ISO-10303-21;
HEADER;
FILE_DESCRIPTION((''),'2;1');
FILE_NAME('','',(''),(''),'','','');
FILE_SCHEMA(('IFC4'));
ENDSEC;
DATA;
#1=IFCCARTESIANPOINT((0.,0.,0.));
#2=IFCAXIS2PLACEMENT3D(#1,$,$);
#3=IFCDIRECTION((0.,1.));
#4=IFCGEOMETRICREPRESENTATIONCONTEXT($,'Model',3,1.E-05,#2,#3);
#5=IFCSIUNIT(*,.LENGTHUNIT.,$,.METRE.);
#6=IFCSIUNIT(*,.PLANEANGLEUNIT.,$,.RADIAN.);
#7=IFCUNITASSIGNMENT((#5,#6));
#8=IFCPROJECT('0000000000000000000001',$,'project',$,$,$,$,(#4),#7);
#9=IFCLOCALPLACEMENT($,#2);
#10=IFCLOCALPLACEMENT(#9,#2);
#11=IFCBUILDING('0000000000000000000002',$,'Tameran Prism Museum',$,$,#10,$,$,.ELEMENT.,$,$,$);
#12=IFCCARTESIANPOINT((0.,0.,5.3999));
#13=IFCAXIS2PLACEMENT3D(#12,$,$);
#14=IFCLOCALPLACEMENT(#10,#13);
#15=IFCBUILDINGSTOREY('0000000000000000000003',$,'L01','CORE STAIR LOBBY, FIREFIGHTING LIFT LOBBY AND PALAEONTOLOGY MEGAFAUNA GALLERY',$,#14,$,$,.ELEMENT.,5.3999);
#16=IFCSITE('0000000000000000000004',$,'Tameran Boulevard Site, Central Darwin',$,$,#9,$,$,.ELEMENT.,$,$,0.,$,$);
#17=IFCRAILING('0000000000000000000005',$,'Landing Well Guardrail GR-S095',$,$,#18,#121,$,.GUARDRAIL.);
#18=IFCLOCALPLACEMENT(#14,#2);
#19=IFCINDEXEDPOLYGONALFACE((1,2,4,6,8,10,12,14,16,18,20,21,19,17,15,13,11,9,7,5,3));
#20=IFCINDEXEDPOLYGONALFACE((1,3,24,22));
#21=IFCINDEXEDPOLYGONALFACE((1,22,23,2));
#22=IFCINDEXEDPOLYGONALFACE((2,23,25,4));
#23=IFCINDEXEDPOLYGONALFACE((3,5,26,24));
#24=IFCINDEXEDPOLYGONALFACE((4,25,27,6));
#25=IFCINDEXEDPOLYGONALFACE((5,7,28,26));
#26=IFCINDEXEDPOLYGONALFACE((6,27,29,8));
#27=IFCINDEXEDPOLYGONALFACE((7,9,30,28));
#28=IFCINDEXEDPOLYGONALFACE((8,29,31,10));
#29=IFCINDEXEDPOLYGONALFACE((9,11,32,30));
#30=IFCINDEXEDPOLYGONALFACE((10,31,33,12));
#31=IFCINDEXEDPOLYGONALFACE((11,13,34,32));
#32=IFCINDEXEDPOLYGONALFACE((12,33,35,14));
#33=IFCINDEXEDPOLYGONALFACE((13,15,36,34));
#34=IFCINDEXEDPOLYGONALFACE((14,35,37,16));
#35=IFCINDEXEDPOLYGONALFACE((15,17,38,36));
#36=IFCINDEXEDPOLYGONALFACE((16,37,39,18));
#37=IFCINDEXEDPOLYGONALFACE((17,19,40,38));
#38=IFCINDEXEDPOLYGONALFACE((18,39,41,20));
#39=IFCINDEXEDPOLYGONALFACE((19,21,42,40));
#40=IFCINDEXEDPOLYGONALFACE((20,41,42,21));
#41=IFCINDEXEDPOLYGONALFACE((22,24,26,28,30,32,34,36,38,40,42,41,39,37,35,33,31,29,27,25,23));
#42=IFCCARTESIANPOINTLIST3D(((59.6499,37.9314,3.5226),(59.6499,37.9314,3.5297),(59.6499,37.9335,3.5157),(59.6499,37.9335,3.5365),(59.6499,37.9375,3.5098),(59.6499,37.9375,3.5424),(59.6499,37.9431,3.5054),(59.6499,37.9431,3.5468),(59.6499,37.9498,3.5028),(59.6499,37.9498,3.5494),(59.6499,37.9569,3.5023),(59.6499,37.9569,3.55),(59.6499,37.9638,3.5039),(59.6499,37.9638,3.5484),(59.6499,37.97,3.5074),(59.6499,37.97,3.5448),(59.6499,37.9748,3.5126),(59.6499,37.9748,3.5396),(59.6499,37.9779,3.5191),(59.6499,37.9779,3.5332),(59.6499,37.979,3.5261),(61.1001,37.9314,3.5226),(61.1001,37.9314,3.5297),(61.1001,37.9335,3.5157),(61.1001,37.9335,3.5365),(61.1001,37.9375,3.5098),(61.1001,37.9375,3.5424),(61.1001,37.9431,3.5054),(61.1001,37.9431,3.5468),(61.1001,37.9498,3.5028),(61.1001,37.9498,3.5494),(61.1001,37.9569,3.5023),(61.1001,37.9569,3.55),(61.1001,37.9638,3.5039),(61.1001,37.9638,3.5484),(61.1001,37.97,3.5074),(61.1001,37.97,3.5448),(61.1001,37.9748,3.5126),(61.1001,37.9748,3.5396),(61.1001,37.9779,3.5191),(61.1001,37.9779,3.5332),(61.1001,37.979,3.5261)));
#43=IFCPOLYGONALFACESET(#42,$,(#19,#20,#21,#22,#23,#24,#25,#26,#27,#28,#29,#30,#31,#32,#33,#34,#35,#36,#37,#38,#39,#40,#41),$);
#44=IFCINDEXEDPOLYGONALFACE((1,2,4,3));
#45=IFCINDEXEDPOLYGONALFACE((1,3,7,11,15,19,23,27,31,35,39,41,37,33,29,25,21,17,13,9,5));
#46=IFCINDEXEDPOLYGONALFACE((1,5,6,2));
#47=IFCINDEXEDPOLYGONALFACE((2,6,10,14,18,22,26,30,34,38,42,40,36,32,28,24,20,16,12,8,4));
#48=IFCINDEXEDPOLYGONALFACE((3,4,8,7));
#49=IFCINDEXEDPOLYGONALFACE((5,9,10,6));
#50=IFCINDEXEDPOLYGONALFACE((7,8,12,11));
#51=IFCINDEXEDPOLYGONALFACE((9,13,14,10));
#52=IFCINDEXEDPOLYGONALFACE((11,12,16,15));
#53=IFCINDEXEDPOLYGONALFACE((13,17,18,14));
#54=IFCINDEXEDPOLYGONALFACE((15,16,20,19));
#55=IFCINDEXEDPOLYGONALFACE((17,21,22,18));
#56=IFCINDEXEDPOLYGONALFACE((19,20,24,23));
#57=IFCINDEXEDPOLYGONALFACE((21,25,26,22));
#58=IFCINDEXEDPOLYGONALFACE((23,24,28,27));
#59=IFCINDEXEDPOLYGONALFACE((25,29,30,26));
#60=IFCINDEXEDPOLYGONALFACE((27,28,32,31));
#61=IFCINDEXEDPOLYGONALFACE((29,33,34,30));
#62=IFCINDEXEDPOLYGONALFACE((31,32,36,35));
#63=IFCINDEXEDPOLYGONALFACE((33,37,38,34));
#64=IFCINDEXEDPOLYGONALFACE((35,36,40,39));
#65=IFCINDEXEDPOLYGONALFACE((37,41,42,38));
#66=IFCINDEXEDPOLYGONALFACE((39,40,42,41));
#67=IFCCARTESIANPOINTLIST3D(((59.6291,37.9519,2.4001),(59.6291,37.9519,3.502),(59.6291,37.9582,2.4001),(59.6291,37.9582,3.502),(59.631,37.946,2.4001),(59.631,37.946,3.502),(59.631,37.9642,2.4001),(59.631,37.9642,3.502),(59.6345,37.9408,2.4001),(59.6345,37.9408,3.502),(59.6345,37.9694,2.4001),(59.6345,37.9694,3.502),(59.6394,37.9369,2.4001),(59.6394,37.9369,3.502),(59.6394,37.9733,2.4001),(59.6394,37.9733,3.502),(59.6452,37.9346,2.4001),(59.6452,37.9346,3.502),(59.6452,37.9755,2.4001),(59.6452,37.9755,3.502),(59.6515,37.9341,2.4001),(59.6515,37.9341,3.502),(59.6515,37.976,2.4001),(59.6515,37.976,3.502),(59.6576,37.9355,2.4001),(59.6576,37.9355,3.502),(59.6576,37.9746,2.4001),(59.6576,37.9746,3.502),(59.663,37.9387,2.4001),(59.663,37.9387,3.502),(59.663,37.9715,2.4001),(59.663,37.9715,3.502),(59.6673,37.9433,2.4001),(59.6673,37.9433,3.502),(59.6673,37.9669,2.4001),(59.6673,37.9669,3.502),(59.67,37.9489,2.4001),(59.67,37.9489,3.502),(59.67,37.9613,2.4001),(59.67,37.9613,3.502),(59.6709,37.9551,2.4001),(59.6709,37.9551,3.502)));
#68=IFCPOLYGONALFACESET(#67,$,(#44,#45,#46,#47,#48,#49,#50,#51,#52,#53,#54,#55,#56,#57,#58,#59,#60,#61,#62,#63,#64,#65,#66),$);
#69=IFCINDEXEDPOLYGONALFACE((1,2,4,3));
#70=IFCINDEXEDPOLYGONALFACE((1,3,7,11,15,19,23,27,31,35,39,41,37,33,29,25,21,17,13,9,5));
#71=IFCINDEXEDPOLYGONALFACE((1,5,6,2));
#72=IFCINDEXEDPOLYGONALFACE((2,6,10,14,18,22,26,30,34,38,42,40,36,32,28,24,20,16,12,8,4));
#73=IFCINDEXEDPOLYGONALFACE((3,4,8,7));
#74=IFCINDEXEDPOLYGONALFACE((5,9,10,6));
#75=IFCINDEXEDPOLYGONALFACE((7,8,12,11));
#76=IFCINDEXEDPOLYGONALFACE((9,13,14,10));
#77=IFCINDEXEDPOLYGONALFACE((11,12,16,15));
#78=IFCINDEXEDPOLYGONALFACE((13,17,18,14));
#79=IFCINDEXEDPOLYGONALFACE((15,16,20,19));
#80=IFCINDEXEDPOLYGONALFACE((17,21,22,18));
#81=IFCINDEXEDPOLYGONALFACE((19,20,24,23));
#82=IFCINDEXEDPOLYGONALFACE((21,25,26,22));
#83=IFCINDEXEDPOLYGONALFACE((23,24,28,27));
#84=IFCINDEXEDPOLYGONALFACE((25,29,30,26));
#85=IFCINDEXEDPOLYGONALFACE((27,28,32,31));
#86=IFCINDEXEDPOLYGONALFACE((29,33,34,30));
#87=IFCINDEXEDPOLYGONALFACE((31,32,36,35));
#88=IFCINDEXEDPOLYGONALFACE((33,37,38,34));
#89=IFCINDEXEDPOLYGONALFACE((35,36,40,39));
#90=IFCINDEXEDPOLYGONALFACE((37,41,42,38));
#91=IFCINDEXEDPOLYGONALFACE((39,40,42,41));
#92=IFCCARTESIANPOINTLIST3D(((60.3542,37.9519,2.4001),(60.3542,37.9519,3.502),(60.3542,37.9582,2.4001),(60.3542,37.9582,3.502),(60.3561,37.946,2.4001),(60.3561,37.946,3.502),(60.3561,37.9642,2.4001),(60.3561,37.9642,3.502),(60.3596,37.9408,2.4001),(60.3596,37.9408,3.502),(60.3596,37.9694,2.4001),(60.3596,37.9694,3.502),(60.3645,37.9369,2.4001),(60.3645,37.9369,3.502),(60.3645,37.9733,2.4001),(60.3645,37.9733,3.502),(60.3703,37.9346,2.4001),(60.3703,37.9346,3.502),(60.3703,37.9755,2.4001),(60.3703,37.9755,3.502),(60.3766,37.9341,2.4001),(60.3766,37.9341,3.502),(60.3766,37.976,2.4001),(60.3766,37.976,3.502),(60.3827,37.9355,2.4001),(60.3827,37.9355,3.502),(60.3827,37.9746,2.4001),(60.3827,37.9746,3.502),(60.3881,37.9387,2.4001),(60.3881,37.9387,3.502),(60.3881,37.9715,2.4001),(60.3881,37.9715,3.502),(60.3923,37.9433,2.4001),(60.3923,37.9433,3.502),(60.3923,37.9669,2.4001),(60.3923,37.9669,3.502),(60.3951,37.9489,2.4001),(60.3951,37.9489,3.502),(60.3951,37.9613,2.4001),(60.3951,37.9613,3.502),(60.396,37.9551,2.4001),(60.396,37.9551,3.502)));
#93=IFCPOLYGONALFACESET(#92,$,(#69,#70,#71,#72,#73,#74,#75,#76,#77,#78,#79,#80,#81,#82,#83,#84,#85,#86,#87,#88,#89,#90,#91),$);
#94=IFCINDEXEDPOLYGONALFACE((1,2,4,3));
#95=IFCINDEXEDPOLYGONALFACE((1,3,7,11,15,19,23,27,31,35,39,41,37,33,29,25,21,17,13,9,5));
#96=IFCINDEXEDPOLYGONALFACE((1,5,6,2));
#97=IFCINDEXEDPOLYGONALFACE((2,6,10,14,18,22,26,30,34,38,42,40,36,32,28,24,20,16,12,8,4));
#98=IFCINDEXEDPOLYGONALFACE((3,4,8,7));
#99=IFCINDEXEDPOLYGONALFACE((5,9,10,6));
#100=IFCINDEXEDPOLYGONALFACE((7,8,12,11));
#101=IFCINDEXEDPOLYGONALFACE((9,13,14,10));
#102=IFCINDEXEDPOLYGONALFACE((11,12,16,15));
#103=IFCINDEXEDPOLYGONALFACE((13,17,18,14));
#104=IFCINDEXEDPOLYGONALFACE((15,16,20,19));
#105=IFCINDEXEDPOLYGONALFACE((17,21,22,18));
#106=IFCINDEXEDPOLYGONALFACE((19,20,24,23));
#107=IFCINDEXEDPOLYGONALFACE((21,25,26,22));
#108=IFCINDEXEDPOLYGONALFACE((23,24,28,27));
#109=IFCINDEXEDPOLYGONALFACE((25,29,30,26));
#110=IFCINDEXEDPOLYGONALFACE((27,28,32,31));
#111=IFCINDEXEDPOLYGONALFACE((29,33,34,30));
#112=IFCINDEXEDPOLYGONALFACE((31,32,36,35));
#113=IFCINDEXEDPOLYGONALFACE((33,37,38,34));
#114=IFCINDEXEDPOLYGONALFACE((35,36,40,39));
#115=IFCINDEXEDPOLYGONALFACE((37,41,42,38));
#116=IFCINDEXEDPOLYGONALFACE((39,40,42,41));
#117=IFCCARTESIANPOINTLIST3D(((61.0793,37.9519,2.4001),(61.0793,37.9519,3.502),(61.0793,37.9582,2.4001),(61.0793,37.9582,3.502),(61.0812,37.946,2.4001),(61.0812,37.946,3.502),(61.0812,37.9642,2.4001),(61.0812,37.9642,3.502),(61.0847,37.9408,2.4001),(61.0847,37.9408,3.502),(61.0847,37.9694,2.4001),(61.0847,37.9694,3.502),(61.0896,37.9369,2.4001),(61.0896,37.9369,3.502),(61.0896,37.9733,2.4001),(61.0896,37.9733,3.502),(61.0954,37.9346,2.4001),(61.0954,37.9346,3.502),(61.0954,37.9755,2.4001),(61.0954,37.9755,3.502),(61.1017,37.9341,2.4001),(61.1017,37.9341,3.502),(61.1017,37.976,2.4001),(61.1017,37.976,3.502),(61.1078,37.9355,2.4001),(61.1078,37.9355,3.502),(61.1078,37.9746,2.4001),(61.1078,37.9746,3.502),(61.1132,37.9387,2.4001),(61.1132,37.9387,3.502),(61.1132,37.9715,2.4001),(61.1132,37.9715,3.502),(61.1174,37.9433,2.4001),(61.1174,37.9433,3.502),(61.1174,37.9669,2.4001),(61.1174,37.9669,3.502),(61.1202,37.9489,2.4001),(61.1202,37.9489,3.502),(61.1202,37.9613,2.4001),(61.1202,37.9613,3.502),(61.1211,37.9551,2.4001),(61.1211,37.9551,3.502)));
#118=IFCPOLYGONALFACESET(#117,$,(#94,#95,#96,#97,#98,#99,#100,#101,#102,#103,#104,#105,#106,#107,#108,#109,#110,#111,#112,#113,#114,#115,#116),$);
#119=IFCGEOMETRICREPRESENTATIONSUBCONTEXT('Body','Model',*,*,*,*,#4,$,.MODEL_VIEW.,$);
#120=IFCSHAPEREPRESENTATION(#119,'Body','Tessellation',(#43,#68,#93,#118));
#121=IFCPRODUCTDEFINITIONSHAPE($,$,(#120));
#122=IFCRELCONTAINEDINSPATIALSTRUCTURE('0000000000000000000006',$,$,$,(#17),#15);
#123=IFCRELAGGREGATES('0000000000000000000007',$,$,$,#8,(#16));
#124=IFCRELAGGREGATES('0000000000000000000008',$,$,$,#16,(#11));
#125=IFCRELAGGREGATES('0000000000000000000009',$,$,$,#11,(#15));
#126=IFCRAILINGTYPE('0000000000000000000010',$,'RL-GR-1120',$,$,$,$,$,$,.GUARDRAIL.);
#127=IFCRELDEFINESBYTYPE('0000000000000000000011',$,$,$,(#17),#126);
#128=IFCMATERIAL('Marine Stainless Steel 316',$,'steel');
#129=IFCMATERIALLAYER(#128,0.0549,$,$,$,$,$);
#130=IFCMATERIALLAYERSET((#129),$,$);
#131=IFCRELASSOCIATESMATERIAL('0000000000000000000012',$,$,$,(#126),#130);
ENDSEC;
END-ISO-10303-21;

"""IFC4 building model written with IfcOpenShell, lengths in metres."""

from ifc_helpers import new_model, si_unit, direction, frame, origin, origin_2d, place, context, subcontext, project, spatial, circle, extrude, material, layer, layer_set, type_object, element, save


model = new_model("IFC4")

# Units and contexts
model_context = context("Model", 3, precision=1e-05, world=origin(), true_north=direction((0.0, 1.0)))
body_context = subcontext(model_context, "Body", "Model", "MODEL_VIEW")
ifc_project = project(units=[si_unit("LENGTHUNIT", "METRE"), si_unit("PLANEANGLEUNIT", "RADIAN")], contexts=[model_context])

# Site, building, storey
site_placement = place(None, origin())
site = spatial("IfcSite", under=ifc_project, at=site_placement, Name="Tameran Boulevard Site, Central Darwin", CompositionType="ELEMENT", RefElevation=0.0)
building_placement = place(site_placement, origin())
building = spatial("IfcBuilding", under=site, at=building_placement, Name="Tameran Prism Museum", CompositionType="ELEMENT")
storey_placement = place(building_placement, frame((0.0, 0.0, 5.3999)))
storey = spatial("IfcBuildingStorey", under=building, at=storey_placement, Name="L01", Description="CORE STAIR LOBBY, FIREFIGHTING LIFT LOBBY AND PALAEONTOLOGY MEGAFAUNA GALLERY", CompositionType="ELEMENT", Elevation=5.3999)

# Railing
ifc_material_1 = material(Name="Marine Stainless Steel 316", Category="steel")
ifc_layer_1 = layer(ifc_material_1, 0.0549)
ifc_layer_set_1 = layer_set([ifc_layer_1])
railing_type_1 = type_object("IfcRailingType", Name="RL-GR-1120", PredefinedType="GUARDRAIL", material=ifc_layer_set_1)
railing_1_placement = place(storey_placement, frame((59.6499, 37.9551, 2.4001)))
element("IfcRailing", 1, at=railing_1_placement, inside=storey, type_object=railing_type_1, Name="Landing Well Guardrail GR-S095", PredefinedType="GUARDRAIL", context=body_context, shape_type="SweptSolid", body=[
    extrude(circle(Radius=0.0239, at=origin_2d()), frame((0.0, 0.0, 1.126), z_axis=(1.0, 0.0, 0.0), x_axis=(0.0, 1.0, 0.0)), (0.0, 0.0, 1.0), 1.4502),
    extrude(circle(Radius=0.021, at=origin_2d()), origin(), (0.0, 0.0, 1.0), 1.1018),
    extrude(circle(Radius=0.021, at=origin_2d()), frame((0.7251, 0.0, 0.0)), (0.0, 0.0, 1.0), 1.1018),
    extrude(circle(Radius=0.021, at=origin_2d()), frame((1.4502, 0.0, 0.0)), (0.0, 0.0, 1.0), 1.1018),
])

save(model, "model.ifc")
